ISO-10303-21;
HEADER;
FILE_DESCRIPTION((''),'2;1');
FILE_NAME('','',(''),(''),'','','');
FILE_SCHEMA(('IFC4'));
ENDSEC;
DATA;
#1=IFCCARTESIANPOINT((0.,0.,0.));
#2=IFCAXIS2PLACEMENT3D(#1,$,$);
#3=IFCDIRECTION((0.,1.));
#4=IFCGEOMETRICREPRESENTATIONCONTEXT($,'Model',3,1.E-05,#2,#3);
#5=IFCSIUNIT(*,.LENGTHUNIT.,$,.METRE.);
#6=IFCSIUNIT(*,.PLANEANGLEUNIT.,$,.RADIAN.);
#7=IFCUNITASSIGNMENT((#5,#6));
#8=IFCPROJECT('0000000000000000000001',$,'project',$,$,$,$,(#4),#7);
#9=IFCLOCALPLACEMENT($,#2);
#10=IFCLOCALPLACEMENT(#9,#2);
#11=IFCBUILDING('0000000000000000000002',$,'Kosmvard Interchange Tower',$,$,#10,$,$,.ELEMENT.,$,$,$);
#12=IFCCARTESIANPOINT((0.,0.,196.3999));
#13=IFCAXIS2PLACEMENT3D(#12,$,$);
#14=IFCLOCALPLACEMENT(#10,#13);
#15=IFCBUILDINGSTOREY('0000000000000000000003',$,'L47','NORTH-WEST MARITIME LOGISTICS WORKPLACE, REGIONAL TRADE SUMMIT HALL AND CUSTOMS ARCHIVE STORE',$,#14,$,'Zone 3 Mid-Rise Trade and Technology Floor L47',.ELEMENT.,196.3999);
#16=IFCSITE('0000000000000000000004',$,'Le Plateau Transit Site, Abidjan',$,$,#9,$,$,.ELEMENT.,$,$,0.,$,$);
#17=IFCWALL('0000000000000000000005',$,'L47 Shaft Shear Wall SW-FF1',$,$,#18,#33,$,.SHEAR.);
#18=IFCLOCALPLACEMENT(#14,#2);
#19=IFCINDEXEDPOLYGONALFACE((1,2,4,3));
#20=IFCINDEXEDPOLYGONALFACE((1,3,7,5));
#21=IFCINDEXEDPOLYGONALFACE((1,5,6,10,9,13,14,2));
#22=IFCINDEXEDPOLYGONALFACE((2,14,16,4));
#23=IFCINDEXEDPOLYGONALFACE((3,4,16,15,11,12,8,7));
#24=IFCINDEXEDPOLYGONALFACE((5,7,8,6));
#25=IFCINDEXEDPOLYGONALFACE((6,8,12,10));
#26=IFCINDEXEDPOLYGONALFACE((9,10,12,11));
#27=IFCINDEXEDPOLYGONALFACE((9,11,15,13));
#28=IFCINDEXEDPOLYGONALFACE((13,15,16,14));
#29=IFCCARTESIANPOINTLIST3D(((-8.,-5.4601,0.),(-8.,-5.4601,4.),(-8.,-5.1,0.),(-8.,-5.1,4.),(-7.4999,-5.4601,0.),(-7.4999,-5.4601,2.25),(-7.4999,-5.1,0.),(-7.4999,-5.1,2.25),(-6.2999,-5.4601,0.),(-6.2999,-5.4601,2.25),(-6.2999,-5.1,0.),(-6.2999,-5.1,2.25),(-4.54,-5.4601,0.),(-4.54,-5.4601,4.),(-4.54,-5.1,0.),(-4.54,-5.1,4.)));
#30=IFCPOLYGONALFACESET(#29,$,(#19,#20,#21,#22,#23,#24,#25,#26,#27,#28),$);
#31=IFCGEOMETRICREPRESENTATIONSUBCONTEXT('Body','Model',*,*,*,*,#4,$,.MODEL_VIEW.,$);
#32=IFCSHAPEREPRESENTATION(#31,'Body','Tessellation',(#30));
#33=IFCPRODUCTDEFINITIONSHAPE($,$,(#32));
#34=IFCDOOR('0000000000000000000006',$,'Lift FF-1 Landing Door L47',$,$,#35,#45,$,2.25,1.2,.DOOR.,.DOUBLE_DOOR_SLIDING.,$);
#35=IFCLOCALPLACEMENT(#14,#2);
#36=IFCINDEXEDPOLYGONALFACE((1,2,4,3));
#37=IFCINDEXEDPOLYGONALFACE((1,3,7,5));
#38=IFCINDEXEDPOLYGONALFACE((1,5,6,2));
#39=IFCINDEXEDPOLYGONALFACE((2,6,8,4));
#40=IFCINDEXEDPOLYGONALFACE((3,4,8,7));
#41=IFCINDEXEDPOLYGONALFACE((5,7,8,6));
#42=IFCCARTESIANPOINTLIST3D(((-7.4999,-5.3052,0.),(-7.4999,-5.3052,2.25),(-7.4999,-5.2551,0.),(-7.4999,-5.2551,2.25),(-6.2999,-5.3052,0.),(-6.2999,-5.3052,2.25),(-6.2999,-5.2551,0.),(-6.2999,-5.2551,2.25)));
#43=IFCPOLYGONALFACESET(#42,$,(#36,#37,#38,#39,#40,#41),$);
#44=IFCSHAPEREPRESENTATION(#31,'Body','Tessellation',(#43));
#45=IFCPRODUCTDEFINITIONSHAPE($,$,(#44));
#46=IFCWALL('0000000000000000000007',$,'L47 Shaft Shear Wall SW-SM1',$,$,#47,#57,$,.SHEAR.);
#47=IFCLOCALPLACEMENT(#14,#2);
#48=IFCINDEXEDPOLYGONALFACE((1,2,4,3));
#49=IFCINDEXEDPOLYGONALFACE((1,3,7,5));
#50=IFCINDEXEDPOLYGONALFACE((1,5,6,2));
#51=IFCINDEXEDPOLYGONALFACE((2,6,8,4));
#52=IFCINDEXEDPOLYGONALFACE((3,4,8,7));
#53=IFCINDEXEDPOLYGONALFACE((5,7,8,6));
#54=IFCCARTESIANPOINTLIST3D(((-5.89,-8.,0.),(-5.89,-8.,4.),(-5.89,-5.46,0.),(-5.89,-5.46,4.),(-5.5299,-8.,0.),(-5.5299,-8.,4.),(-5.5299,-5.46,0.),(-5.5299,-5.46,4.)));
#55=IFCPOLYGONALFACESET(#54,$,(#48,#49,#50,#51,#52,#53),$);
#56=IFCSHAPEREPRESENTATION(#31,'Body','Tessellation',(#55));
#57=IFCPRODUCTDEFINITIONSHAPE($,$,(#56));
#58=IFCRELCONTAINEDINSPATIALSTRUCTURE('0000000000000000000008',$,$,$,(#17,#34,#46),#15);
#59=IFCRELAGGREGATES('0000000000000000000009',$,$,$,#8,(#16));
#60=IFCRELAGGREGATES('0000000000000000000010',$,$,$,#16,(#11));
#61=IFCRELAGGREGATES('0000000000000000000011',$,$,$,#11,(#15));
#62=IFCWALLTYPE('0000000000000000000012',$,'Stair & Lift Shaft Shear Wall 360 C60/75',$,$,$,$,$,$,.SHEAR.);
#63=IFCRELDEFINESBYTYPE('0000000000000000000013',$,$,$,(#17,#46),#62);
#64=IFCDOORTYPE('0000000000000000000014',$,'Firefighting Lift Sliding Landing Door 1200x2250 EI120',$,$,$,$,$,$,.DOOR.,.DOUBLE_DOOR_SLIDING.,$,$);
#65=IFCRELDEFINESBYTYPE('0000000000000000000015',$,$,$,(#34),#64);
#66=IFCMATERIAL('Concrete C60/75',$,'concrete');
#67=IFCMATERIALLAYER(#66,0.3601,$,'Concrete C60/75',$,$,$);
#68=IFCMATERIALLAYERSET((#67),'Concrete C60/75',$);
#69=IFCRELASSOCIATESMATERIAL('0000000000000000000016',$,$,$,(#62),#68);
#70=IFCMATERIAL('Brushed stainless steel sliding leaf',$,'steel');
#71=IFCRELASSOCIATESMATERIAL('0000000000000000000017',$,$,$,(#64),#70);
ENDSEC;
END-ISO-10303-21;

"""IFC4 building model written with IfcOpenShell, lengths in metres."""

from ifc_helpers import new_model, si_unit, direction, frame, frame_2d, origin, place, context, subcontext, project, spatial, rectangle, extrude, source, transform, mapped, material, layer, layer_set, type_object, element, fill, save


model = new_model("IFC4")

# Units and contexts
model_context = context("Model", 3, precision=1e-05, world=origin(), true_north=direction((0.0, 1.0)))
body_context = subcontext(model_context, "Body", "Model", "MODEL_VIEW")
ifc_project = project(units=[si_unit("LENGTHUNIT", "METRE"), si_unit("PLANEANGLEUNIT", "RADIAN")], contexts=[model_context])

# Site, building, storey
site_placement = place(None, origin())
site = spatial("IfcSite", under=ifc_project, at=site_placement, Name="Le Plateau Transit Site, Abidjan", CompositionType="ELEMENT", RefElevation=0.0)
building_placement = place(site_placement, origin())
building = spatial("IfcBuilding", under=site, at=building_placement, Name="Kosmvard Interchange Tower", CompositionType="ELEMENT")
storey_placement = place(building_placement, frame((0.0, 0.0, 196.3999)))
storey = spatial("IfcBuildingStorey", under=building, at=storey_placement, Name="L47", Description="NORTH-WEST MARITIME LOGISTICS WORKPLACE, REGIONAL TRADE SUMMIT HALL AND CUSTOMS ARCHIVE STORE", LongName="Zone 3 Mid-Rise Trade and Technology Floor L47", CompositionType="ELEMENT", Elevation=196.3999)

# Shared definitions
ifc_material_1 = material(Name="Concrete C60/75", Category="concrete")

# Shared definitions
ifc_material_2 = material(Name="Brushed stainless steel sliding leaf", Category="steel")

# Shared definitions
ifc_layer_1 = layer(ifc_material_1, 0.3601, Name="Concrete C60/75")
ifc_layer_set_1 = layer_set([ifc_layer_1], Name="Concrete C60/75")
wall_type_1 = type_object("IfcWallType", Name="Stair & Lift Shaft Shear Wall 360 C60/75", PredefinedType="SHEAR", material=ifc_layer_set_1)

# Wall, opening, door
wall_1_placement = place(storey_placement, frame((-8.0, -5.28, 0.0), z_axis=(0.0, 0.0, 1.0), x_axis=(1.0, 0.0, 0.0)))
wall_1 = element("IfcWall", 1, at=wall_1_placement, inside=storey, type_object=wall_type_1, Name="L47 Shaft Shear Wall SW-FF1", PredefinedType="SHEAR", context=body_context, shape_type="SweptSolid", body=[
    extrude(rectangle(XDim=3.46, YDim=0.3601, at=frame_2d((1.73, 0.0))), origin(), (0.0, 0.0, 1.0), 4.0),
])
opening_1_placement = place(wall_1_placement, frame((0.5, 0.0, 0.0)))
opening_1 = element("IfcOpeningElement", 2, at=opening_1_placement, cuts=wall_1, PredefinedType="OPENING", context=body_context, shape_type="SweptSolid", body=[
    extrude(rectangle(XDim=1.2, YDim=2.25, at=frame_2d((0.6001, 1.125))), frame((0.0, 0.1899, 0.0), z_axis=(0.0, -1.0, 0.0), x_axis=(1.0, 0.0, 0.0)), (0.0, 0.0, 1.0), 0.3801),
])
door_type_1 = type_object("IfcDoorType", Name="Firefighting Lift Sliding Landing Door 1200x2250 EI120", OperationType="DOUBLE_DOOR_SLIDING", PredefinedType="DOOR", material=ifc_material_2)
shared_shape_1 = source(origin(), body_context, "Body", "SweptSolid", [
    extrude(rectangle(XDim=1.2, YDim=2.25, at=frame_2d((0.6001, 1.125))), frame((0.0, 0.0249, 0.0), z_axis=(0.0, -1.0, 0.0), x_axis=(1.0, 0.0, 0.0)), (0.0, 0.0, 1.0), 0.05),
])
door_1_placement = place(opening_1_placement, origin())
door_1 = element("IfcDoor", 3, at=door_1_placement, inside=storey, type_object=door_type_1, Name="Lift FF-1 Landing Door L47", OperationType="DOUBLE_DOOR_SLIDING", OverallHeight=2.25, OverallWidth=1.2, PredefinedType="DOOR", context=body_context, shape_type="MappedRepresentation", body=[
    mapped(shared_shape_1, transform((0.0, 0.0, 0.0), scale=1.0)),
])
fill(opening_1, door_1)

# Wall
wall_2_placement = place(storey_placement, frame((-5.71, -8.0, 0.0), z_axis=(0.0, 0.0, 1.0), x_axis=(0.0, 1.0, 0.0)))
element("IfcWall", 4, at=wall_2_placement, inside=storey, type_object=wall_type_1, Name="L47 Shaft Shear Wall SW-SM1", PredefinedType="SHEAR", context=body_context, shape_type="SweptSolid", body=[
    extrude(rectangle(XDim=2.54, YDim=0.3601, at=frame_2d((1.27, 0.0))), origin(), (0.0, 0.0, 1.0), 4.0),
])

save(model, "model.ifc")
